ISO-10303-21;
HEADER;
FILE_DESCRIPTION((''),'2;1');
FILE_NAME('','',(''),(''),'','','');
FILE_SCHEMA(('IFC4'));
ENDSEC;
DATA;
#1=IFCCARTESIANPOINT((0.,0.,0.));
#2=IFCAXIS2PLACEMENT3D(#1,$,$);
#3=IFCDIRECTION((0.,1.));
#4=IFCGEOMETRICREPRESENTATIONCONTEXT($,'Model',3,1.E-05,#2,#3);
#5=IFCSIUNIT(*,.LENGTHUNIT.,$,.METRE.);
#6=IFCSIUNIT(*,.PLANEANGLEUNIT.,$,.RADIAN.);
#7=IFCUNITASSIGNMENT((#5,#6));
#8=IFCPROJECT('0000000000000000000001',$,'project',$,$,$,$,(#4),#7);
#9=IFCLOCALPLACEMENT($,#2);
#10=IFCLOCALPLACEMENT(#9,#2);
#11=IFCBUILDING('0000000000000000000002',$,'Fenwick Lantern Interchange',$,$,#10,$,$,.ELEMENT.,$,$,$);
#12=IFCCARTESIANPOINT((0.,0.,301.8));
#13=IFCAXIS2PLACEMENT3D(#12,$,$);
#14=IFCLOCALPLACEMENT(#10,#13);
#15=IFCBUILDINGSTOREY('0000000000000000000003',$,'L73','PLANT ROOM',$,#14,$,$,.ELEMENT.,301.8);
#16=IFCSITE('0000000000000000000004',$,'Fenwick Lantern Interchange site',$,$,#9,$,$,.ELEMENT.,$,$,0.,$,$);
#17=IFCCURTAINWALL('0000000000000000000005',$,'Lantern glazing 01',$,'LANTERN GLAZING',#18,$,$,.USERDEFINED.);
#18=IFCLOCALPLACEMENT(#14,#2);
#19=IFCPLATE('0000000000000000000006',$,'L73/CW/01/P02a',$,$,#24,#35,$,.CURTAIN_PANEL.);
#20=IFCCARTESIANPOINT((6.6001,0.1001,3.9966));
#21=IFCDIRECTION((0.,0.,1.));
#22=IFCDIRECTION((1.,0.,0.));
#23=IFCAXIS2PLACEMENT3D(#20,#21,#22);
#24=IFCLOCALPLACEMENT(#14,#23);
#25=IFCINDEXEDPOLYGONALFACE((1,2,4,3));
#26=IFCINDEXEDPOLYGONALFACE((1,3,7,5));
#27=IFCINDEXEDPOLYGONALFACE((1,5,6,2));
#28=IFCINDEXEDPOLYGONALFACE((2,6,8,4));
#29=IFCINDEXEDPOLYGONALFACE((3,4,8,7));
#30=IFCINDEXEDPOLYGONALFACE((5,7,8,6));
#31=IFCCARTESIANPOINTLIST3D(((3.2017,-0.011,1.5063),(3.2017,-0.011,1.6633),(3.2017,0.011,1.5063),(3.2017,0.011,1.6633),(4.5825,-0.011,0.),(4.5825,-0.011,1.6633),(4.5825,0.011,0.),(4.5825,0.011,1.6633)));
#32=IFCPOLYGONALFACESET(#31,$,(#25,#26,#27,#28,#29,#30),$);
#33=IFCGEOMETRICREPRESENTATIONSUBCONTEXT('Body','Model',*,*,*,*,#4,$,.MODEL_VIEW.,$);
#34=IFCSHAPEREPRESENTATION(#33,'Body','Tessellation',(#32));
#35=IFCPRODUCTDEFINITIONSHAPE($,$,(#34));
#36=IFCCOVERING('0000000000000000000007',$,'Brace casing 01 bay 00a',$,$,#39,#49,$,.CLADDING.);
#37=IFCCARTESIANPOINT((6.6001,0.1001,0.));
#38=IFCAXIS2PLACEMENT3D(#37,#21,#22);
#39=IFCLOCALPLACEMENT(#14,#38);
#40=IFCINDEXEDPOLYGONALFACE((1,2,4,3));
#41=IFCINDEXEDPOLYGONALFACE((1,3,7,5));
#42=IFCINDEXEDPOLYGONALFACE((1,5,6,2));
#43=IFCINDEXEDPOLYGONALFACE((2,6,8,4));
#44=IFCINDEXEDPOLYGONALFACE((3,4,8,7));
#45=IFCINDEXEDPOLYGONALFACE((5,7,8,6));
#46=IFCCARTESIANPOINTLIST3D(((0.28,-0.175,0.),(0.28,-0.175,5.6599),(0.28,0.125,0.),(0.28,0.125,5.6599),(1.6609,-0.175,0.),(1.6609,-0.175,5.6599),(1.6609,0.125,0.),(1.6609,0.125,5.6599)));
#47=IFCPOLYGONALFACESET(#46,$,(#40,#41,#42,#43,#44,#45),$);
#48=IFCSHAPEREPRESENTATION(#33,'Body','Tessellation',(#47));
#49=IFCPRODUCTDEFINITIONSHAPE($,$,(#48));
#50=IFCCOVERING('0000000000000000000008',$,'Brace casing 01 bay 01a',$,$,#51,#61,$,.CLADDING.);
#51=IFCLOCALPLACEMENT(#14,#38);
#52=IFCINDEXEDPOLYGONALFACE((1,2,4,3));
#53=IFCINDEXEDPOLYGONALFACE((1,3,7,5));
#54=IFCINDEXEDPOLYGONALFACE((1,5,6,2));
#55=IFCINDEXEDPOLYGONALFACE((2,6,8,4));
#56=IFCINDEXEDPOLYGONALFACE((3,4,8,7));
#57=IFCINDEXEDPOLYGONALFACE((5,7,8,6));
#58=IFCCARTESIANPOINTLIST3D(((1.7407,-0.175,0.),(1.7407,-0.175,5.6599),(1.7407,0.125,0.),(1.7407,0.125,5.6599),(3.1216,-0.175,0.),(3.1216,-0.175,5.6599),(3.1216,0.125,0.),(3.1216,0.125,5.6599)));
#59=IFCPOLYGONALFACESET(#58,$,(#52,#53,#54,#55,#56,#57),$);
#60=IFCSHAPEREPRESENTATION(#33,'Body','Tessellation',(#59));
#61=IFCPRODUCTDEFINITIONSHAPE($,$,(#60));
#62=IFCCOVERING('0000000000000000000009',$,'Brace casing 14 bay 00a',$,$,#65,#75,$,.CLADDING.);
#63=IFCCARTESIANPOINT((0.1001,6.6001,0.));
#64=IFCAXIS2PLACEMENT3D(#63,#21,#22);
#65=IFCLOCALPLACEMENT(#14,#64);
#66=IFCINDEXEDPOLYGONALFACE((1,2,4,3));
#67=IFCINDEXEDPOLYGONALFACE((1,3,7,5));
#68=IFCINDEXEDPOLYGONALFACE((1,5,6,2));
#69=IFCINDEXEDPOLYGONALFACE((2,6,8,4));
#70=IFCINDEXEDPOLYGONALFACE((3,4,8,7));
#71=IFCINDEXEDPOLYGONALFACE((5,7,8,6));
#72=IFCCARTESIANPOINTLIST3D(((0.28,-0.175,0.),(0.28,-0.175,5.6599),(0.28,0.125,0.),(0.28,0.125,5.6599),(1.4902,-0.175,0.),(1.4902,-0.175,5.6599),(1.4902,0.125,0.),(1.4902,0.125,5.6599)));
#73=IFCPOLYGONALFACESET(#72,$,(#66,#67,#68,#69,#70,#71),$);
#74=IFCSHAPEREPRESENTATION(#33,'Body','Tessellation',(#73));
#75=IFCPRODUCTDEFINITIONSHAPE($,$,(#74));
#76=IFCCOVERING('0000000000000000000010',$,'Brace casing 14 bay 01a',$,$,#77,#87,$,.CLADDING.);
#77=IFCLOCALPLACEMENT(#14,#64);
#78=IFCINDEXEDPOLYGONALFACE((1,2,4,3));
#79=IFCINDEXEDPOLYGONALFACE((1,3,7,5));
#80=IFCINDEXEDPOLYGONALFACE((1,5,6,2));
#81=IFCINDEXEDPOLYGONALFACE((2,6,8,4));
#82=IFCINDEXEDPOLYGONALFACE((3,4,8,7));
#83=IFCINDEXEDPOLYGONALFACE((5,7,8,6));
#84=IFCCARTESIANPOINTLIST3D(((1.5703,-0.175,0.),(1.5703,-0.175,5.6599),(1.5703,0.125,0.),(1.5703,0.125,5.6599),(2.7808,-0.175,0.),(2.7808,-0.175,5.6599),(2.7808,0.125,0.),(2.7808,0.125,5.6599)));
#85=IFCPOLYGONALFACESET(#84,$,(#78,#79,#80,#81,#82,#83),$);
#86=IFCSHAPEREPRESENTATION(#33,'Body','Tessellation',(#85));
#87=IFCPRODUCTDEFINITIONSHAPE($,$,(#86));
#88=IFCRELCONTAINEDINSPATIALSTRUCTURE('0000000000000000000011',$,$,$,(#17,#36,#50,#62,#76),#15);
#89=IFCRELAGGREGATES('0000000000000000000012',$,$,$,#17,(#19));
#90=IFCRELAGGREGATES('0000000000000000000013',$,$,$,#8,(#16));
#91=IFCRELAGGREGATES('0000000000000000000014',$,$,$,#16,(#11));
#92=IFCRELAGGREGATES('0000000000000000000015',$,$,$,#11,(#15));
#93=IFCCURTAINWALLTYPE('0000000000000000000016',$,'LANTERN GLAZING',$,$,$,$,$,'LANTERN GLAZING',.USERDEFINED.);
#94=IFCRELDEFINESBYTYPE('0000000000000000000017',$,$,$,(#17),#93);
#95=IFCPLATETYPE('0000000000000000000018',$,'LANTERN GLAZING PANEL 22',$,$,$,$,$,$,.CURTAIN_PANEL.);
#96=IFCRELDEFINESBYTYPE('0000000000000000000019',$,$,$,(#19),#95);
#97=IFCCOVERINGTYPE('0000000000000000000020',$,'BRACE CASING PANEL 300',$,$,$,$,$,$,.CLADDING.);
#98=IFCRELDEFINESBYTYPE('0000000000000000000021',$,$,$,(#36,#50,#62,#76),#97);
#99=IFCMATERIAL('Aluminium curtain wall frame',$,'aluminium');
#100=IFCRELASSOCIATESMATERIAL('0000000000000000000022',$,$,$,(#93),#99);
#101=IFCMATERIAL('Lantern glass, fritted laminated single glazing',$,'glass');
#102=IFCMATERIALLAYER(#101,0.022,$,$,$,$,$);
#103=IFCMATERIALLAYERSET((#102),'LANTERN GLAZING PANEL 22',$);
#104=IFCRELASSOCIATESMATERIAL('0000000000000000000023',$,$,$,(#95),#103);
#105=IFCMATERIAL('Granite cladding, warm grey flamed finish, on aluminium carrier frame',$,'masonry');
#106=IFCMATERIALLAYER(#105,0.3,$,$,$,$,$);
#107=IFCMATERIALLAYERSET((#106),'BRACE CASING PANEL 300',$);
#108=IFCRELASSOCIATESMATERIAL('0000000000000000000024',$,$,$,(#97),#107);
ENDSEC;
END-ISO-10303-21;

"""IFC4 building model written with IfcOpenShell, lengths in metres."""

from ifc_helpers import new_model, si_unit, direction, frame, origin, place, context, subcontext, project, spatial, polyline, outline, extrude, material, layer, layer_set, type_object, element, aggregate, save


model = new_model("IFC4")

# Units and contexts
model_context = context("Model", 3, precision=1e-05, world=origin(), true_north=direction((0.0, 1.0)))
body_context = subcontext(model_context, "Body", "Model", "MODEL_VIEW")
ifc_project = project(units=[si_unit("LENGTHUNIT", "METRE"), si_unit("PLANEANGLEUNIT", "RADIAN")], contexts=[model_context])

# Site, building, storey
site_placement = place(None, origin())
site = spatial("IfcSite", under=ifc_project, at=site_placement, Name="Fenwick Lantern Interchange site", CompositionType="ELEMENT", RefElevation=0.0)
building_placement = place(site_placement, origin())
building = spatial("IfcBuilding", under=site, at=building_placement, Name="Fenwick Lantern Interchange", CompositionType="ELEMENT")
storey_placement = place(building_placement, frame((0.0, 0.0, 301.8)))
storey = spatial("IfcBuildingStorey", under=building, at=storey_placement, Name="L73", Description="PLANT ROOM", CompositionType="ELEMENT", Elevation=301.8)

# Shared definitions
ifc_material_1 = material(Name="Aluminium curtain wall frame", Category="aluminium")
curtain_wall_type = type_object("IfcCurtainWallType", Name="LANTERN GLAZING", ElementType="LANTERN GLAZING", PredefinedType="USERDEFINED", material=ifc_material_1)

# Curtain wall, plate
curtain_wall_1_placement = place(storey_placement, origin())
curtain_wall_1 = element("IfcCurtainWall", 1, at=curtain_wall_1_placement, inside=storey, type_object=curtain_wall_type, Name="Lantern glazing 01", ObjectType="LANTERN GLAZING", PredefinedType="USERDEFINED")
ifc_material_2 = material(Name="Lantern glass, fritted laminated single glazing", Category="glass")
ifc_layer_1 = layer(ifc_material_2, 0.022)
ifc_layer_set_1 = layer_set([ifc_layer_1], Name="LANTERN GLAZING PANEL 22")
plate_type = type_object("IfcPlateType", Name="LANTERN GLAZING PANEL 22", PredefinedType="CURTAIN_PANEL", material=ifc_layer_set_1)
plate_placement = place(storey_placement, frame((6.6001, 0.1001, 3.9966), z_axis=(0.0, 0.0, 1.0), x_axis=(1.0, 0.0, 0.0)))
plate = element("IfcPlate", 2, at=plate_placement, type_object=plate_type, Name="L73/CW/01/P02a", PredefinedType="CURTAIN_PANEL", context=body_context, shape_type="SweptSolid", body=[
    extrude(outline(polyline([(4.5825, 0.0), (4.5825, 1.6633), (3.2017, 1.6633), (3.2017, 1.5063), (4.5825, 0.0)])), frame((0.0, 0.011, 0.0), z_axis=(0.0, -1.0, 0.0), x_axis=(1.0, 0.0, 0.0)), (0.0, 0.0, 1.0), 0.022),
])
aggregate(curtain_wall_1, [plate])

# Coverings
ifc_material_3 = material(Name="Granite cladding, warm grey flamed finish, on aluminium carrier frame", Category="masonry")
ifc_layer_2 = layer(ifc_material_3, 0.3)
ifc_layer_set_2 = layer_set([ifc_layer_2], Name="BRACE CASING PANEL 300")
covering_type_1 = type_object("IfcCoveringType", Name="BRACE CASING PANEL 300", PredefinedType="CLADDING", material=ifc_layer_set_2)
covering_1_placement = place(storey_placement, frame((6.6001, 0.1001, 0.0), z_axis=(0.0, 0.0, 1.0), x_axis=(1.0, 0.0, 0.0)))
element("IfcCovering", 3, at=covering_1_placement, inside=storey, type_object=covering_type_1, Name="Brace casing 01 bay 00a", PredefinedType="CLADDING", context=body_context, shape_type="SweptSolid", body=[
    extrude(outline(polyline([(0.28, 0.0), (1.6609, 0.0), (1.6609, 5.6599), (0.28, 5.6599), (0.28, 0.0)])), frame((0.0, 0.125, 0.0), z_axis=(0.0, -1.0, 0.0), x_axis=(1.0, 0.0, 0.0)), (0.0, 0.0, 1.0), 0.3),
])
covering_2_placement = place(storey_placement, frame((6.6001, 0.1001, 0.0), z_axis=(0.0, 0.0, 1.0), x_axis=(1.0, 0.0, 0.0)))
element("IfcCovering", 4, at=covering_2_placement, inside=storey, type_object=covering_type_1, Name="Brace casing 01 bay 01a", PredefinedType="CLADDING", context=body_context, shape_type="SweptSolid", body=[
    extrude(outline(polyline([(1.7407, 0.0), (3.1216, 0.0), (3.1216, 5.6599), (1.7407, 5.6599), (1.7407, 0.0)])), frame((0.0, 0.125, 0.0), z_axis=(0.0, -1.0, 0.0), x_axis=(1.0, 0.0, 0.0)), (0.0, 0.0, 1.0), 0.3),
])
covering_3_placement = place(storey_placement, frame((0.1001, 6.6001, 0.0), z_axis=(0.0, 0.0, 1.0), x_axis=(1.0, 0.0, 0.0)))
element("IfcCovering", 5, at=covering_3_placement, inside=storey, type_object=covering_type_1, Name="Brace casing 14 bay 00a", PredefinedType="CLADDING", context=body_context, shape_type="SweptSolid", body=[
    extrude(outline(polyline([(0.28, 0.0), (1.4902, 0.0), (1.4902, 5.6599), (0.28, 5.6599), (0.28, 0.0)])), frame((0.0, 0.125, 0.0), z_axis=(0.0, -1.0, 0.0), x_axis=(1.0, 0.0, 0.0)), (0.0, 0.0, 1.0), 0.3),
])
covering_4_placement = place(storey_placement, frame((0.1001, 6.6001, 0.0), z_axis=(0.0, 0.0, 1.0), x_axis=(1.0, 0.0, 0.0)))
element("IfcCovering", 6, at=covering_4_placement, inside=storey, type_object=covering_type_1, Name="Brace casing 14 bay 01a", PredefinedType="CLADDING", context=body_context, shape_type="SweptSolid", body=[
    extrude(outline(polyline([(1.5703, 0.0), (2.7808, 0.0), (2.7808, 5.6599), (1.5703, 5.6599), (1.5703, 0.0)])), frame((0.0, 0.125, 0.0), z_axis=(0.0, -1.0, 0.0), x_axis=(1.0, 0.0, 0.0)), (0.0, 0.0, 1.0), 0.3),
])

save(model, "model.ifc")
